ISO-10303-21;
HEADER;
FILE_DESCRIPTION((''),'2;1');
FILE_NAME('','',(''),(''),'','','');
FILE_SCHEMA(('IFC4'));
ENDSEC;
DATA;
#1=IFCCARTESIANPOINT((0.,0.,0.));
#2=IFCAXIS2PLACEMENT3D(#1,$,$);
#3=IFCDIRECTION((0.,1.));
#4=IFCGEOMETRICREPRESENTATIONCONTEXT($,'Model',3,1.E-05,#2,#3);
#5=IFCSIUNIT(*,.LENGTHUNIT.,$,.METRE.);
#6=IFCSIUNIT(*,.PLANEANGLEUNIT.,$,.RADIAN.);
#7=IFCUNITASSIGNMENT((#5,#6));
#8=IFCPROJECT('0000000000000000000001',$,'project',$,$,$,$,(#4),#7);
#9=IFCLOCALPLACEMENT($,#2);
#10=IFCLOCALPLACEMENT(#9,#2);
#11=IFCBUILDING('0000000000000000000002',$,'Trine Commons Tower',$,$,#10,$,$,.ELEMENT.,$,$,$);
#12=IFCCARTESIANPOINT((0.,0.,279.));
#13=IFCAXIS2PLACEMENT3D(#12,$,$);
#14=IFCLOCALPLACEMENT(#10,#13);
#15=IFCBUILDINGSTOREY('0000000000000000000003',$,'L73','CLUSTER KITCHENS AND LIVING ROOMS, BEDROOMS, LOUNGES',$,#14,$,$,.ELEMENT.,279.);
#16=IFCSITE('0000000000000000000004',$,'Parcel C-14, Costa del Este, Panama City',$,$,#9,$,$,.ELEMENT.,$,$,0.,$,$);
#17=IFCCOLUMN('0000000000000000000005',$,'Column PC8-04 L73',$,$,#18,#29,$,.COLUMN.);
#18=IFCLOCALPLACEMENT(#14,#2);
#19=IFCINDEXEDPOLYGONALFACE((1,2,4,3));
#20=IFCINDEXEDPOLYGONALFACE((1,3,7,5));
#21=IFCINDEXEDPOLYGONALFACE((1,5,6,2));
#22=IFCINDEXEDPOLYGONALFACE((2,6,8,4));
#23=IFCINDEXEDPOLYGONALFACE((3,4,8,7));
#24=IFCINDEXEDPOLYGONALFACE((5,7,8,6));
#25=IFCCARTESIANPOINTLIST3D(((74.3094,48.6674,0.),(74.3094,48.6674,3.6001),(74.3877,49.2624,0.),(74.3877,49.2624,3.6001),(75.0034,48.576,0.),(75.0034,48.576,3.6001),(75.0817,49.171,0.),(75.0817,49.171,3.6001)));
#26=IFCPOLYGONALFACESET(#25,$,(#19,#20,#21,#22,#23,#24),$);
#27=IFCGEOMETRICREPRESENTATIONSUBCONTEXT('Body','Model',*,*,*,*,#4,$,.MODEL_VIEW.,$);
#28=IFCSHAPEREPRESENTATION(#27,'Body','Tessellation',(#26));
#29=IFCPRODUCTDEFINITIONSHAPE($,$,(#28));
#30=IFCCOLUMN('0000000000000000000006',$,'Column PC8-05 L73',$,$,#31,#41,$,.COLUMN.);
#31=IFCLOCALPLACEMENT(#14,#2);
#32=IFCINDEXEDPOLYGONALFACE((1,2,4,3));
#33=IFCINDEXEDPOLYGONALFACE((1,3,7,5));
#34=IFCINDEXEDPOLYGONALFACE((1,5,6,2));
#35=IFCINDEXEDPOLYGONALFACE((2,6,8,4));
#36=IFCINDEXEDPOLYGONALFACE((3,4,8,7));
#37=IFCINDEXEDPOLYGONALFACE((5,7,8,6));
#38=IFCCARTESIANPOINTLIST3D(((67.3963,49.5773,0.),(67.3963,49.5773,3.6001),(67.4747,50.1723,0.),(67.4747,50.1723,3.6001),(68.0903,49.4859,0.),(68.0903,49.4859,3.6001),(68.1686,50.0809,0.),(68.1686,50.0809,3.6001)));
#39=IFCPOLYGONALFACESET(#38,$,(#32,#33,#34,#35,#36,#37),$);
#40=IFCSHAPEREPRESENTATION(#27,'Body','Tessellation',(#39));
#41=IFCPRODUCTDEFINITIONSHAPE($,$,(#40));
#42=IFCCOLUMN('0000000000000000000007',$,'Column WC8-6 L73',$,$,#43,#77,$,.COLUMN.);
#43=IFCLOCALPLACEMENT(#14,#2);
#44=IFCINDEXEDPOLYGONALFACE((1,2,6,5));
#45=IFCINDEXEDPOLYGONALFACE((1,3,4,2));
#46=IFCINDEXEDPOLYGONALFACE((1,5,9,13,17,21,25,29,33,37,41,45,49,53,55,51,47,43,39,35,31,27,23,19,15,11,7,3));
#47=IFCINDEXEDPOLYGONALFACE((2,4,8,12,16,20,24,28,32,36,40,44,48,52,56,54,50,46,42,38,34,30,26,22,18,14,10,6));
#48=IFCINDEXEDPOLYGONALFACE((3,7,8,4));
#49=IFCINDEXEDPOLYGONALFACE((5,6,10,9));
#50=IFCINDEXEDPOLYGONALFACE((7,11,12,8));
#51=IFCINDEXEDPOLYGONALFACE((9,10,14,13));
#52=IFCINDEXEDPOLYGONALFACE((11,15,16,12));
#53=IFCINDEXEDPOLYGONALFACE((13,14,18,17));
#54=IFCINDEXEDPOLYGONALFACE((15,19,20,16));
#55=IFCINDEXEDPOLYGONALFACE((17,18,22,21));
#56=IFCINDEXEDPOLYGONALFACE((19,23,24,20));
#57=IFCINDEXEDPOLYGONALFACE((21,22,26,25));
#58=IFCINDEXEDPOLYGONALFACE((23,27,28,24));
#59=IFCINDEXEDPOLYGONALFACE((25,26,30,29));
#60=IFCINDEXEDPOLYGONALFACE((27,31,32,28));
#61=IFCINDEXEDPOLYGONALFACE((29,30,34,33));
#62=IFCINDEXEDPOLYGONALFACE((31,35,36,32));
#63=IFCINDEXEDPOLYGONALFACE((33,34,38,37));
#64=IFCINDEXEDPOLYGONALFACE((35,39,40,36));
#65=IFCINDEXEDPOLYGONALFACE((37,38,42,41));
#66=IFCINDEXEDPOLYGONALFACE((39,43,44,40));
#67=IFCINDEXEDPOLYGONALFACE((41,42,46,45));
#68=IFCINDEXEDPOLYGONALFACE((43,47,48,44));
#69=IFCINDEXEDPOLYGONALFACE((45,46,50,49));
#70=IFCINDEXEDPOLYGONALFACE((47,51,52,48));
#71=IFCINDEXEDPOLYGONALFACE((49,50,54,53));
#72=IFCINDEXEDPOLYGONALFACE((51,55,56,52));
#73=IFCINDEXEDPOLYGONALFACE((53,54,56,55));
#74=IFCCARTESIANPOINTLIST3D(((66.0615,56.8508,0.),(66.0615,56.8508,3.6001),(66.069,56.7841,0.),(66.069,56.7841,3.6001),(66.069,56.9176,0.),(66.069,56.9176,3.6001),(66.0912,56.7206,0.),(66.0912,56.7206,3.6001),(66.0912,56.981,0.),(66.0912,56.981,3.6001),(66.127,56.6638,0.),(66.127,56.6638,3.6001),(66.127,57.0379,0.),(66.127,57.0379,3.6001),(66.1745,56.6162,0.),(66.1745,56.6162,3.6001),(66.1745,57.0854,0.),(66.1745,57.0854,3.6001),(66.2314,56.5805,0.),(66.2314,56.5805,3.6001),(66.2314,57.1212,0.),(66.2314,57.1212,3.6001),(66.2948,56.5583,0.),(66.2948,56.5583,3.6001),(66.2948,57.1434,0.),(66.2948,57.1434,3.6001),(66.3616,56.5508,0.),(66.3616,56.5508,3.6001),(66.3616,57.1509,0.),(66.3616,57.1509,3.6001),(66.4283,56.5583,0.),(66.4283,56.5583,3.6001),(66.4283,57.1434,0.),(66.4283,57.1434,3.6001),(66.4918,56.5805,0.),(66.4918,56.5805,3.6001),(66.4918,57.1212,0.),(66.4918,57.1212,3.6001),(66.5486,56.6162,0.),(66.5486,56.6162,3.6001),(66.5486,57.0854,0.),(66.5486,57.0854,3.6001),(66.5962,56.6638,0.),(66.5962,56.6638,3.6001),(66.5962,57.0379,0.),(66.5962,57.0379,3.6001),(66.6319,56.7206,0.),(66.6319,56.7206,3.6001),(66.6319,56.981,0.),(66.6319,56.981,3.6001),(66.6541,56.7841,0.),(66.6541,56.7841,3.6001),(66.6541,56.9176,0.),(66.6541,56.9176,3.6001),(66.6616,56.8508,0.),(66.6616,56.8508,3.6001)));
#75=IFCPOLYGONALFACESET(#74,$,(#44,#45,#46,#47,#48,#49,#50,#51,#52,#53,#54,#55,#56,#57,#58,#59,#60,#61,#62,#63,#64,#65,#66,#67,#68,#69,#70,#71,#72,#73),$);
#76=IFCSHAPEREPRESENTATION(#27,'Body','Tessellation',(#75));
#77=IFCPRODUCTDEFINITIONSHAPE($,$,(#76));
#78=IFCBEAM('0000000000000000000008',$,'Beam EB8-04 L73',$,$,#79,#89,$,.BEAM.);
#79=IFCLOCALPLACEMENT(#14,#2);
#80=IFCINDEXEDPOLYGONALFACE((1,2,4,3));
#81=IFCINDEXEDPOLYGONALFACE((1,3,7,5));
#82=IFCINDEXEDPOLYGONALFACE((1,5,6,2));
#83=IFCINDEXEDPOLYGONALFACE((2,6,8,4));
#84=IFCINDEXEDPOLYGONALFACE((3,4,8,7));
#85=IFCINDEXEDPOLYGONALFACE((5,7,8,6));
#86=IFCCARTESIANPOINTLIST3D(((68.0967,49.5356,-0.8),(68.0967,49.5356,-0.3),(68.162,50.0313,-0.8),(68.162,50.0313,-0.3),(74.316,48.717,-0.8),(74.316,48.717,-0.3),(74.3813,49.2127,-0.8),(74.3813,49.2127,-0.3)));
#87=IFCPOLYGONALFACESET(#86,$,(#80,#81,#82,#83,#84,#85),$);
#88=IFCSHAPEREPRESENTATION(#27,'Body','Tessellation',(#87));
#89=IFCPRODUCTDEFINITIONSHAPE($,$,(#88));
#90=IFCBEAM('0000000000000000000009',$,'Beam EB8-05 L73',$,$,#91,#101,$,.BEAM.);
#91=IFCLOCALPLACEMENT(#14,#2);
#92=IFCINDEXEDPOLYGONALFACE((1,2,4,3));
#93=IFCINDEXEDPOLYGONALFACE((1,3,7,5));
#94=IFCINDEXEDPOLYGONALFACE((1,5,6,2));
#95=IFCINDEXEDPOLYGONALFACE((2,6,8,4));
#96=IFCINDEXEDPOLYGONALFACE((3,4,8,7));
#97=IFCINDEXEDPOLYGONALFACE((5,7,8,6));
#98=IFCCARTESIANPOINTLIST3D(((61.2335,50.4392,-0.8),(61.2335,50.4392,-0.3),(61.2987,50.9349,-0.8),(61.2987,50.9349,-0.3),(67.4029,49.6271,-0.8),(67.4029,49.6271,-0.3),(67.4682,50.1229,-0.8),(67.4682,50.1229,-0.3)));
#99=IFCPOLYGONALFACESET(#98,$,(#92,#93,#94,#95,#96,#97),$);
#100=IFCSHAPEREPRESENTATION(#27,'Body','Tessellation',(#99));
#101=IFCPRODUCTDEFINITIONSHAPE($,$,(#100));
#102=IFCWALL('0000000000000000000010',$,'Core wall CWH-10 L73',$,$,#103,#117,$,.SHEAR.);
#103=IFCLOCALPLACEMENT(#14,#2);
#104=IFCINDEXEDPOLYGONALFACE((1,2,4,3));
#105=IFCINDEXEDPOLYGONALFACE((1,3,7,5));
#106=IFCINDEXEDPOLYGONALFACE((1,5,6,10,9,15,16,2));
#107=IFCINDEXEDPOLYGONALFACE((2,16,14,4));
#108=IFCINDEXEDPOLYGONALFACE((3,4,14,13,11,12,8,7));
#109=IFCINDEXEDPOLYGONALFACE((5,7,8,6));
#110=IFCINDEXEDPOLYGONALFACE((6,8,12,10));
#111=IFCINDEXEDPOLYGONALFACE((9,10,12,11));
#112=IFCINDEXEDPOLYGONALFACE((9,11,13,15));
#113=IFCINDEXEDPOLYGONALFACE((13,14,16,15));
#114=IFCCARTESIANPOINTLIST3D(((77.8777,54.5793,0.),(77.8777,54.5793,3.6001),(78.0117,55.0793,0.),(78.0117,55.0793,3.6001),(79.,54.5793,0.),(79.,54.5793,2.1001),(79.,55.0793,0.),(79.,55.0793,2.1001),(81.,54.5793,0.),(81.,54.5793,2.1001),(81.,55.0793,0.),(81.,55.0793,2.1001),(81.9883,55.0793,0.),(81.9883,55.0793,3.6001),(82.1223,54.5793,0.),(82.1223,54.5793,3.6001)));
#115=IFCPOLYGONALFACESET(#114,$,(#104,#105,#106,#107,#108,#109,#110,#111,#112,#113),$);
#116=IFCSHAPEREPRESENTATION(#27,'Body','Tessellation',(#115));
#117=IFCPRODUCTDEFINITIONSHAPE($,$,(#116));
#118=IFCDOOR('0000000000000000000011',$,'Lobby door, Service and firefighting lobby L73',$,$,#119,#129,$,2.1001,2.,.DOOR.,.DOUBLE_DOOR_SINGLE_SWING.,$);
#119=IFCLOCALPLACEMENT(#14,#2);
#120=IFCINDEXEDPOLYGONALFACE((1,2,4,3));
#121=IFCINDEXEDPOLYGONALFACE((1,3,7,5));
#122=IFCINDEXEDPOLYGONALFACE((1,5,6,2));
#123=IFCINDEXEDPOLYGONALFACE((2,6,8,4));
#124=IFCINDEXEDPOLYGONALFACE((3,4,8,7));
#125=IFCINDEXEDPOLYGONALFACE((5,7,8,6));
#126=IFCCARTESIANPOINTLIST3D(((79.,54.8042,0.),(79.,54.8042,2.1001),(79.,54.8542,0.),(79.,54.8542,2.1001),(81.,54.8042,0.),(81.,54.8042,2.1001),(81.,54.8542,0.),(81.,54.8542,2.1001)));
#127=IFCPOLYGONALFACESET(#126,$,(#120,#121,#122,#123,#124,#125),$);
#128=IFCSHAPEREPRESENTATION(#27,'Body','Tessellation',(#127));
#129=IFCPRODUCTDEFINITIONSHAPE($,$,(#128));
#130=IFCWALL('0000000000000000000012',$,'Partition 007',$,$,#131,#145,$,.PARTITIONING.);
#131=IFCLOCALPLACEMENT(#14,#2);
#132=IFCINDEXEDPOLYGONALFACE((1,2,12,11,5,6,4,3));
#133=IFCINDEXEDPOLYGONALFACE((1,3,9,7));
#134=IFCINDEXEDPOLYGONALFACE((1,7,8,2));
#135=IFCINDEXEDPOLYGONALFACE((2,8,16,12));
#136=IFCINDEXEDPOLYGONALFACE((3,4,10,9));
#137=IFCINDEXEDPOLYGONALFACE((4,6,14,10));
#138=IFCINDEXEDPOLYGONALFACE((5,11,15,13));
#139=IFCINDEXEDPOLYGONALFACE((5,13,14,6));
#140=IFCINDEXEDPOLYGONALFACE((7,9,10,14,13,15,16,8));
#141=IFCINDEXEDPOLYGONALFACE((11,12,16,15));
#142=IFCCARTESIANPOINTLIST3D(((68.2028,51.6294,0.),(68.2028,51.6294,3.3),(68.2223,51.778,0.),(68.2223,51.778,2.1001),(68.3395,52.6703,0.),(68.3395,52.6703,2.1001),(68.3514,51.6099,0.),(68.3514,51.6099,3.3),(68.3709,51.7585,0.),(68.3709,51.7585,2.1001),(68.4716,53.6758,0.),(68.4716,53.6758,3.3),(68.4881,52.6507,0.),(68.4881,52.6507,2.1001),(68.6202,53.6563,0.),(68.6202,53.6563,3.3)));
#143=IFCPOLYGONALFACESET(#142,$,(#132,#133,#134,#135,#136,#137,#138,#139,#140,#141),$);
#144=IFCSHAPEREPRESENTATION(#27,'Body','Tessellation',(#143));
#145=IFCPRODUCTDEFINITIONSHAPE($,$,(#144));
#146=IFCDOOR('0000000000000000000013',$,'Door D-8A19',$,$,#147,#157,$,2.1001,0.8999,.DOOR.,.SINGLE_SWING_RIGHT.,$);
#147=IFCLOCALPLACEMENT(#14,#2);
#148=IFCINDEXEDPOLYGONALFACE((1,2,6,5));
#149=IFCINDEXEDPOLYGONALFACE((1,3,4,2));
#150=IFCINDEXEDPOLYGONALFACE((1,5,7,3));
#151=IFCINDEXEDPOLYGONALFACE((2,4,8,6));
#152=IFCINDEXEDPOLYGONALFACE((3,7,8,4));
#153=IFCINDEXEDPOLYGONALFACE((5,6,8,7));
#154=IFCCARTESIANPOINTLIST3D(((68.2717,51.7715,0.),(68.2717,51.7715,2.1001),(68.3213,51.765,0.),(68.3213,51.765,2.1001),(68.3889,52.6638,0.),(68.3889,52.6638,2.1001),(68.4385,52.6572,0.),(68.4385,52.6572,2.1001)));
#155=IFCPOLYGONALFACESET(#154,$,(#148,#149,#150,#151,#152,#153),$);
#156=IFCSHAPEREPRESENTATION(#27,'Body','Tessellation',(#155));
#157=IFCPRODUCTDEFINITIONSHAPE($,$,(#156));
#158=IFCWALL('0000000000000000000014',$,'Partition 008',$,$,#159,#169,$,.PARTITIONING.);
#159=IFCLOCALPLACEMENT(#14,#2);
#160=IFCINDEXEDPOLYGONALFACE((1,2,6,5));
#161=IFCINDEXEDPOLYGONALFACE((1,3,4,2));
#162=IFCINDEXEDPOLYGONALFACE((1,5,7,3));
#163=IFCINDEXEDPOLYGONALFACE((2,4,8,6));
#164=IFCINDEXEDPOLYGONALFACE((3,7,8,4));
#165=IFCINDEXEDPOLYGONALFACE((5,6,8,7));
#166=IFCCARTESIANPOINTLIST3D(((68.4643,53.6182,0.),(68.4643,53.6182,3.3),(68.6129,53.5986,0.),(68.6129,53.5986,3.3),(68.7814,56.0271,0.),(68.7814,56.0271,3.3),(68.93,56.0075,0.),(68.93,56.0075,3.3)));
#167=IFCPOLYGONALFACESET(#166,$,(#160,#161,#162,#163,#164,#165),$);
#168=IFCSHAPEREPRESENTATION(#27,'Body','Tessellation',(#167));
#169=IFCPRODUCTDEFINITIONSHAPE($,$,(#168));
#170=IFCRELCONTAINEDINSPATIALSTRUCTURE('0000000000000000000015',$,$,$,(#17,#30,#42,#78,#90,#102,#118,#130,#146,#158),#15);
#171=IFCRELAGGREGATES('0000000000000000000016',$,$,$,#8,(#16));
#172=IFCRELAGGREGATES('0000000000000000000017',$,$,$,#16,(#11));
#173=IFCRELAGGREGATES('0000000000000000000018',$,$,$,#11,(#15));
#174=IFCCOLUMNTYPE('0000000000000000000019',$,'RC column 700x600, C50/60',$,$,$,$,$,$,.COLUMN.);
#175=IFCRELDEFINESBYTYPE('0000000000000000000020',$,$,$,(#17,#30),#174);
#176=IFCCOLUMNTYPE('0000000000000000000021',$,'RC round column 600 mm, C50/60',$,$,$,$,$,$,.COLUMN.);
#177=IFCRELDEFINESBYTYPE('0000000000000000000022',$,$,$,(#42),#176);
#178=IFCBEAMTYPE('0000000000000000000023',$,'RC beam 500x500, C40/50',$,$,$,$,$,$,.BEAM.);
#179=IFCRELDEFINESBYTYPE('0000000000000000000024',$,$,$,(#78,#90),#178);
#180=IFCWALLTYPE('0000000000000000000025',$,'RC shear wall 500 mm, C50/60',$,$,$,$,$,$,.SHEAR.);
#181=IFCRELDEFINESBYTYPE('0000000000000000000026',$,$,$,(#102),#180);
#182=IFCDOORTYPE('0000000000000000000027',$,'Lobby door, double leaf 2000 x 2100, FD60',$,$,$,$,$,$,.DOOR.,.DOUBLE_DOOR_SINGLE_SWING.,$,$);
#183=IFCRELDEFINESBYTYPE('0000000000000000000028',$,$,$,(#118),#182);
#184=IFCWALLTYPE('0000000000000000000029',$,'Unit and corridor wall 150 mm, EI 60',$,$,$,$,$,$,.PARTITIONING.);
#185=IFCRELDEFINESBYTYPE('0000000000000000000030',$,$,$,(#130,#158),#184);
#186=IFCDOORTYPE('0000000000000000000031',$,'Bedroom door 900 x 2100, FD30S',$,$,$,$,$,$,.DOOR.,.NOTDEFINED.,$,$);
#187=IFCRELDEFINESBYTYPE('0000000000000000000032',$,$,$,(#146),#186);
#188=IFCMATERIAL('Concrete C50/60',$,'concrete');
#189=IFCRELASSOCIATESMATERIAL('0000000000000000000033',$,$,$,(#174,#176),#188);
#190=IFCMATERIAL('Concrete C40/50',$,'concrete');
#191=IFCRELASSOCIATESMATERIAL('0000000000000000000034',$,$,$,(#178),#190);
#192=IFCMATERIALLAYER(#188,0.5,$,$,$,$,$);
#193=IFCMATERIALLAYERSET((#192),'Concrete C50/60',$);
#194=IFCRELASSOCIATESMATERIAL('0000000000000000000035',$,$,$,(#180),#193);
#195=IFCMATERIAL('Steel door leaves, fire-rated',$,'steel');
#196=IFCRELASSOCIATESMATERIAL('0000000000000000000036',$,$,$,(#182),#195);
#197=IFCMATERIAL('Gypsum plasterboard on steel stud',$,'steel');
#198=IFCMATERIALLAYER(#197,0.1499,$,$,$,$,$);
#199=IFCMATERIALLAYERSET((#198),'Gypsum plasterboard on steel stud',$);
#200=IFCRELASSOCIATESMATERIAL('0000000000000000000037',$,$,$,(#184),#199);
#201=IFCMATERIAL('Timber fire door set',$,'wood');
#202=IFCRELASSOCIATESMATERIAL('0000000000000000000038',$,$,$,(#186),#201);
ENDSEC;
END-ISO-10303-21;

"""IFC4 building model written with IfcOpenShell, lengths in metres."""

from ifc_helpers import new_model, si_unit, direction, frame, frame_2d, origin, origin_2d, place, context, subcontext, project, spatial, polyline, rectangle, circle, outline, extrude, material, layer, layer_set, material_profile, profile_set, type_object, element, fill, save


model = new_model("IFC4")

# Units and contexts
model_context = context("Model", 3, precision=1e-05, world=origin(), true_north=direction((0.0, 1.0)))
body_context = subcontext(model_context, "Body", "Model", "MODEL_VIEW")
ifc_project = project(units=[si_unit("LENGTHUNIT", "METRE"), si_unit("PLANEANGLEUNIT", "RADIAN")], contexts=[model_context])

# Site, building, storey
site_placement = place(None, origin())
site = spatial("IfcSite", under=ifc_project, at=site_placement, Name="Parcel C-14, Costa del Este, Panama City", CompositionType="ELEMENT", RefElevation=0.0)
building_placement = place(site_placement, origin())
building = spatial("IfcBuilding", under=site, at=building_placement, Name="Trine Commons Tower", CompositionType="ELEMENT")
storey_placement = place(building_placement, frame((0.0, 0.0, 279.0)))
storey = spatial("IfcBuildingStorey", under=building, at=storey_placement, Name="L73", Description="CLUSTER KITCHENS AND LIVING ROOMS, BEDROOMS, LOUNGES", CompositionType="ELEMENT", Elevation=279.0)

# Columns
ifc_material_1 = material(Name="Concrete C50/60", Category="concrete")
ifc_material_profile_1 = material_profile(ifc_material_1, rectangle(XDim=0.7, YDim=0.6001, at=origin_2d()), Name="RC 700x600")
ifc_profile_set_1 = profile_set([ifc_material_profile_1], Name="Concrete C50/60")
column_type_1 = type_object("IfcColumnType", Name="RC column 700x600, C50/60", PredefinedType="COLUMN", material=ifc_profile_set_1)
for number, where, z_axis, x_axis, name in (
    (1, (74.6956, 48.9192, 0.0), (0.0, 0.0, 1.0), (-0.991445, 0.130526, 0.0), "Column PC8-04 L73"),
    (2, (67.7825, 49.8291, 0.0), (0.0, 0.0, 1.0), (-0.991445, 0.130526, 0.0), "Column PC8-05 L73"),
):
    element("IfcColumn", number, at=place(storey_placement, frame(where, z_axis=z_axis, x_axis=x_axis)), inside=storey, type_object=column_type_1, Name=name, PredefinedType="COLUMN", context=body_context, shape_type="SweptSolid", body=[
        extrude(rectangle(XDim=0.7, YDim=0.6001, at=origin_2d()), origin(), (0.0, 0.0, 1.0), 3.6001),
    ])
ifc_material_profile_2 = material_profile(ifc_material_1, circle(Radius=0.3, at=origin_2d()), Name="RC round 600")
ifc_profile_set_2 = profile_set([ifc_material_profile_2], Name="Concrete C50/60")
column_type_2 = type_object("IfcColumnType", Name="RC round column 600 mm, C50/60", PredefinedType="COLUMN", material=ifc_profile_set_2)
column_placement = place(storey_placement, frame((66.3616, 56.8508, 0.0), z_axis=(0.0, 0.0, 1.0), x_axis=(1.0, 0.0, 0.0)))
element("IfcColumn", 3, at=column_placement, inside=storey, type_object=column_type_2, Name="Column WC8-6 L73", PredefinedType="COLUMN", context=body_context, shape_type="SweptSolid", body=[
    extrude(circle(Radius=0.3, at=origin_2d()), origin(), (0.0, 0.0, 1.0), 3.6001),
])

# Beams
ifc_material_2 = material(Name="Concrete C40/50", Category="concrete")
ifc_material_profile_3 = material_profile(ifc_material_2, rectangle(XDim=0.5, YDim=0.5, at=origin_2d()), Name="RC 500x500")
ifc_profile_set_3 = profile_set([ifc_material_profile_3], Name="Concrete C40/50")
beam_type = type_object("IfcBeamType", Name="RC beam 500x500, C40/50", PredefinedType="BEAM", material=ifc_profile_set_3)
beam_1_placement = place(storey_placement, frame((74.3486, 48.9648, -0.55), z_axis=(-0.991448, 0.130499, 0.0), x_axis=(-0.130499, -0.991448, 0.0)))
element("IfcBeam", 4, at=beam_1_placement, inside=storey, type_object=beam_type, Name="Beam EB8-04 L73", PredefinedType="BEAM", context=body_context, shape_type="SweptSolid", body=[
    extrude(rectangle(XDim=0.5, YDim=0.5, at=origin_2d()), origin(), (0.0, 0.0, 1.0), 6.2729),
])
beam_2_placement = place(storey_placement, frame((67.4355, 49.875, -0.55), z_axis=(-0.991449, 0.130493, 0.0), x_axis=(-0.130493, -0.991449, 0.0)))
element("IfcBeam", 5, at=beam_2_placement, inside=storey, type_object=beam_type, Name="Beam EB8-05 L73", PredefinedType="BEAM", context=body_context, shape_type="SweptSolid", body=[
    extrude(rectangle(XDim=0.5, YDim=0.5, at=origin_2d()), origin(), (0.0, 0.0, 1.0), 6.2227),
])

# Walls, openings, doors
ifc_layer_1 = layer(ifc_material_1, 0.5)
ifc_layer_set_1 = layer_set([ifc_layer_1], Name="Concrete C50/60")
wall_type_1 = type_object("IfcWallType", Name="RC shear wall 500 mm, C50/60", PredefinedType="SHEAR", material=ifc_layer_set_1)
wall_1_placement = place(storey_placement, frame((77.8777, 54.8293, 0.0), z_axis=(0.0, 0.0, 1.0), x_axis=(1.0, 0.0, 0.0)))
wall_1 = element("IfcWall", 6, at=wall_1_placement, inside=storey, type_object=wall_type_1, Name="Core wall CWH-10 L73", PredefinedType="SHEAR", context=body_context, shape_type="SweptSolid", body=[
    extrude(outline(polyline([(0.0, -0.25), (4.2446, -0.25), (4.1106, 0.25), (0.134, 0.25), (0.0, -0.25)])), origin(), (0.0, 0.0, 1.0), 3.6001),
])
opening_1_placement = place(wall_1_placement, frame((1.1223, 0.0, 0.0)))
opening_1 = element("IfcOpeningElement", 7, at=opening_1_placement, cuts=wall_1, PredefinedType="OPENING", context=body_context, shape_type="SweptSolid", body=[
    extrude(rectangle(XDim=2.0, YDim=2.1001, at=frame_2d((1.0, 1.05))), frame((0.0, 0.26, 0.0), z_axis=(0.0, -1.0, 0.0), x_axis=(1.0, 0.0, 0.0)), (0.0, 0.0, 1.0), 0.52),
])
ifc_material_3 = material(Name="Steel door leaves, fire-rated", Category="steel")
door_type_1 = type_object("IfcDoorType", Name="Lobby door, double leaf 2000 x 2100, FD60", OperationType="DOUBLE_DOOR_SINGLE_SWING", PredefinedType="DOOR", material=ifc_material_3)
door_1_placement = place(opening_1_placement, origin())
door_1 = element("IfcDoor", 8, at=door_1_placement, inside=storey, type_object=door_type_1, Name="Lobby door, Service and firefighting lobby L73", OperationType="DOUBLE_DOOR_SINGLE_SWING", OverallHeight=2.1001, OverallWidth=2.0, PredefinedType="DOOR", context=body_context, shape_type="SweptSolid", body=[
    extrude(rectangle(XDim=2.0, YDim=2.1001, at=frame_2d((1.0, 1.05))), frame((0.0, 0.0249, 0.0), z_axis=(0.0, -1.0, 0.0), x_axis=(1.0, 0.0, 0.0)), (0.0, 0.0, 1.0), 0.05),
])
fill(opening_1, door_1)
ifc_material_4 = material(Name="Gypsum plasterboard on steel stud", Category="steel")
ifc_layer_2 = layer(ifc_material_4, 0.1499)
ifc_layer_set_2 = layer_set([ifc_layer_2], Name="Gypsum plasterboard on steel stud")
wall_type_2 = type_object("IfcWallType", Name="Unit and corridor wall 150 mm, EI 60", PredefinedType="PARTITIONING", material=ifc_layer_set_2)
wall_2_placement = place(storey_placement, frame((68.2771, 51.6196, 0.0), z_axis=(0.0, 0.0, 1.0), x_axis=(0.130234, 0.991483, 0.0)))
wall_2 = element("IfcWall", 9, at=wall_2_placement, inside=storey, type_object=wall_type_2, Name="Partition 007", PredefinedType="PARTITIONING", context=body_context, shape_type="SweptSolid", body=[
    extrude(rectangle(XDim=2.064, YDim=0.1499, at=frame_2d((1.032, 0.0))), origin(), (0.0, 0.0, 1.0), 3.3),
])
opening_2_placement = place(wall_2_placement, frame((0.1499, 0.0, 0.0)))
opening_2 = element("IfcOpeningElement", 10, at=opening_2_placement, cuts=wall_2, PredefinedType="OPENING", context=body_context, shape_type="SweptSolid", body=[
    extrude(rectangle(XDim=0.8999, YDim=2.1001, at=frame_2d((0.45, 1.05))), frame((0.0, 0.085, 0.0), z_axis=(0.0, -1.0, 0.0), x_axis=(1.0, 0.0, 0.0)), (0.0, 0.0, 1.0), 0.1699),
])
ifc_material_5 = material(Name="Timber fire door set", Category="wood")
door_type_2 = type_object("IfcDoorType", Name="Bedroom door 900 x 2100, FD30S", OperationType="NOTDEFINED", PredefinedType="DOOR", material=ifc_material_5)
door_2_placement = place(opening_2_placement, frame((0.8999, 0.0, 0.0), z_axis=(0.0, 0.0, 1.0), x_axis=(-1.0, 0.0, 0.0)))
door_2 = element("IfcDoor", 11, at=door_2_placement, inside=storey, type_object=door_type_2, Name="Door D-8A19", OperationType="SINGLE_SWING_RIGHT", OverallHeight=2.1001, OverallWidth=0.8999, PredefinedType="DOOR", context=body_context, shape_type="SweptSolid", body=[
    extrude(rectangle(XDim=0.8999, YDim=2.1001, at=frame_2d((0.45, 1.05))), frame((0.0, 0.0249, 0.0), z_axis=(0.0, -1.0, 0.0), x_axis=(1.0, 0.0, 0.0)), (0.0, 0.0, 1.0), 0.05),
])
fill(opening_2, door_2)

# Wall
wall_3_placement = place(storey_placement, frame((68.5386, 53.6084, 0.0), z_axis=(0.0, 0.0, 1.0), x_axis=(0.130525, 0.991445, 0.0)))
element("IfcWall", 12, at=wall_3_placement, inside=storey, type_object=wall_type_2, Name="Partition 008", PredefinedType="PARTITIONING", context=body_context, shape_type="SweptSolid", body=[
    extrude(rectangle(XDim=2.4297, YDim=0.1499, at=frame_2d((1.2148, 0.0))), origin(), (0.0, 0.0, 1.0), 3.3),
])

save(model, "model.ifc")
